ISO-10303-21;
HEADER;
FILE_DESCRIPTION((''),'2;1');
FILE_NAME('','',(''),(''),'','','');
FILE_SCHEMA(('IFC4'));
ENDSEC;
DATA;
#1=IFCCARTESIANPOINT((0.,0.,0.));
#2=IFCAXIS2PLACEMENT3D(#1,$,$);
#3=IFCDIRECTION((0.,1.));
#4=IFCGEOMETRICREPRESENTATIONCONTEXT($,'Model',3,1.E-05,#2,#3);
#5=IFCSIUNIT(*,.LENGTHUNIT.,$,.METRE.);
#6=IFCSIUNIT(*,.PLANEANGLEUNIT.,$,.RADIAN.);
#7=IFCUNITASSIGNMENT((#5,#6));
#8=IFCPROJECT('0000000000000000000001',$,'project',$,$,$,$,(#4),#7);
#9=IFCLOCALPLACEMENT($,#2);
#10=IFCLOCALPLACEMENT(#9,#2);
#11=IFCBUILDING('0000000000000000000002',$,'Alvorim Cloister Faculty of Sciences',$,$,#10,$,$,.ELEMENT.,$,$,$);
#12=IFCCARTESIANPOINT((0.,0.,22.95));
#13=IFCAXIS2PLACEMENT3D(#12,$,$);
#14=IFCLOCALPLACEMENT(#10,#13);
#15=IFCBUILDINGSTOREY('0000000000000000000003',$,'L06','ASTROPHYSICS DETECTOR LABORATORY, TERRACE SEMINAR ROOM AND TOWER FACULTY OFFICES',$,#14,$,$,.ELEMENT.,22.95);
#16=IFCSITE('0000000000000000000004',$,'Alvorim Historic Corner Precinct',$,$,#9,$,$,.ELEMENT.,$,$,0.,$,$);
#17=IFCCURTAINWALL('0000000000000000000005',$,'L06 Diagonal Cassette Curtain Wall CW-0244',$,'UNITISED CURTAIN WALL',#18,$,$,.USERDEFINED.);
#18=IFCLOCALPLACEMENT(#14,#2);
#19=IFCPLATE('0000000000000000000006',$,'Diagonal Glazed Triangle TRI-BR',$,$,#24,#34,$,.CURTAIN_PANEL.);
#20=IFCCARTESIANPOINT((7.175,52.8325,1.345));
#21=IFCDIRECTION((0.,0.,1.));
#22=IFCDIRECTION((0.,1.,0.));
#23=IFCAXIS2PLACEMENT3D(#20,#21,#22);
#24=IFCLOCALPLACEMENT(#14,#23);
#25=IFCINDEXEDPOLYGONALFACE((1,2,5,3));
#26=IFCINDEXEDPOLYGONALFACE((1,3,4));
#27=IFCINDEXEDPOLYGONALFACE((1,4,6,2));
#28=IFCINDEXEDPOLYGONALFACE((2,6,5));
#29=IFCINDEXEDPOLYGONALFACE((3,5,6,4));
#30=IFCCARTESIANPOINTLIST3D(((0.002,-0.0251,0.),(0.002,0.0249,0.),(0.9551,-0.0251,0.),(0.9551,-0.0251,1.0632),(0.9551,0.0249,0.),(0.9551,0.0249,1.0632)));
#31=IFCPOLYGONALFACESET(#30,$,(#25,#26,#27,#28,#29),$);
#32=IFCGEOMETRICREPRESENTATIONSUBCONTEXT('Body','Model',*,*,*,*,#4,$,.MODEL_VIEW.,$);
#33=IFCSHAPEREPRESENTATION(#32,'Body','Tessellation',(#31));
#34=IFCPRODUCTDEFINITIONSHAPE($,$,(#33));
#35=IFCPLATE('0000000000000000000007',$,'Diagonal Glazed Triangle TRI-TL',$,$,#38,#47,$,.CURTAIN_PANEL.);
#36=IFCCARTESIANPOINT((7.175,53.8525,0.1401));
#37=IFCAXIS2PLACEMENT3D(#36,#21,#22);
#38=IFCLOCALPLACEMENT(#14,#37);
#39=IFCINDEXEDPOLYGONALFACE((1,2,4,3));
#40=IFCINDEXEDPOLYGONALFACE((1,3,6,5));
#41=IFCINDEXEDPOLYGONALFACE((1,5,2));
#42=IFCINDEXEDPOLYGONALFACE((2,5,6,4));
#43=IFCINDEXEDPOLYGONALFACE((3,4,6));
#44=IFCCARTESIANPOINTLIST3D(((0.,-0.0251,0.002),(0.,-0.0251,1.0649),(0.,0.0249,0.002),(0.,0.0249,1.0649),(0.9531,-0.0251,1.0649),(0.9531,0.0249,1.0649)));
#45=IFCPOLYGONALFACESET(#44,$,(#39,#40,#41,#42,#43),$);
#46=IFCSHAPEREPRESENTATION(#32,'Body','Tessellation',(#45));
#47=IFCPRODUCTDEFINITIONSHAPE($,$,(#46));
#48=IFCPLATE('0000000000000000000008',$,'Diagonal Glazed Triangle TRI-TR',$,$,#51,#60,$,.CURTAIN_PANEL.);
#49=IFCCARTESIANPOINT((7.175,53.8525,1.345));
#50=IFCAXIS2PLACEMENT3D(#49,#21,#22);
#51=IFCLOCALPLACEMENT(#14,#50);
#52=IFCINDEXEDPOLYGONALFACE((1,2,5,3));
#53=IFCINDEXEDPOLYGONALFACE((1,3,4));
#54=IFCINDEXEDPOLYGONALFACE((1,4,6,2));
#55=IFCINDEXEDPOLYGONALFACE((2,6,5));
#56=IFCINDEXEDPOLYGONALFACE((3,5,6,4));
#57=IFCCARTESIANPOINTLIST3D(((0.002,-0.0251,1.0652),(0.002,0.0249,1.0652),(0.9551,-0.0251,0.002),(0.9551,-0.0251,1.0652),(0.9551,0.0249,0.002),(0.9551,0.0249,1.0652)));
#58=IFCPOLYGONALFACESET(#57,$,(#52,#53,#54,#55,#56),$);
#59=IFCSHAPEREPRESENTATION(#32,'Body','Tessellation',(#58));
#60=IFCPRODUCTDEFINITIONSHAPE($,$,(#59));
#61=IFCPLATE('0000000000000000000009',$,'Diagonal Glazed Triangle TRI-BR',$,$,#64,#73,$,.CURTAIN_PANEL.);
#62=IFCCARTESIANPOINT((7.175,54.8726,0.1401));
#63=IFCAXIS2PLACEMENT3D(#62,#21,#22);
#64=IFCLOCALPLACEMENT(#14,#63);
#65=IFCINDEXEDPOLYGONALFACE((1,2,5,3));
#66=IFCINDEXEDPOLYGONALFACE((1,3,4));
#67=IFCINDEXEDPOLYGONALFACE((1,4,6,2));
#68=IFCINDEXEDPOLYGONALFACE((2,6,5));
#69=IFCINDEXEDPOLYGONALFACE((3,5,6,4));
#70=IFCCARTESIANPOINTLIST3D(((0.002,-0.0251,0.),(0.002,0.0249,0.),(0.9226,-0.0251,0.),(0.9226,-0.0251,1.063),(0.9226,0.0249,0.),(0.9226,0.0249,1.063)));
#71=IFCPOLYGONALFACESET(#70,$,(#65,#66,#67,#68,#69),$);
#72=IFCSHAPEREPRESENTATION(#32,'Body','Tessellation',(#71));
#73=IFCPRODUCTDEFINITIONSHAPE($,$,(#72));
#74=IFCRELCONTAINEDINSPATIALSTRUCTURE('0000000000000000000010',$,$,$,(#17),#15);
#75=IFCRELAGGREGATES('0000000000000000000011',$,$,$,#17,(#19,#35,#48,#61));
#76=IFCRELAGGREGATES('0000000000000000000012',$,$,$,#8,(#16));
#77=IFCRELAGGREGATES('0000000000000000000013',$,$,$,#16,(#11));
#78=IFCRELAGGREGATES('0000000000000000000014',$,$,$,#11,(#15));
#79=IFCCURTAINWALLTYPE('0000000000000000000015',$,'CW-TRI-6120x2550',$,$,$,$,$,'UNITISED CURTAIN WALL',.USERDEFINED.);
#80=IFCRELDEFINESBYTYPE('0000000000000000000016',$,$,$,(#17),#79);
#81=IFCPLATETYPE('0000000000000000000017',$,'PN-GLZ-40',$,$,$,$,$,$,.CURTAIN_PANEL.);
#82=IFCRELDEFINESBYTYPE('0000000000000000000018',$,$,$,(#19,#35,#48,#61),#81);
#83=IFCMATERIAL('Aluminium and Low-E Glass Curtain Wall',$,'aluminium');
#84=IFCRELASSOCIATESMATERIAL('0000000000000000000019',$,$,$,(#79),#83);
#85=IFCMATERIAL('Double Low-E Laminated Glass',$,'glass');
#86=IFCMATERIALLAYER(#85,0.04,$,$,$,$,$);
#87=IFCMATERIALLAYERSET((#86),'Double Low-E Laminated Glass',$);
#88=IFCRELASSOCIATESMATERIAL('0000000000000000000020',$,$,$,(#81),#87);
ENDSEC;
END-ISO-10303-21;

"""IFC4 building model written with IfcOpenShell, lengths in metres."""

from ifc_helpers import new_model, si_unit, direction, frame, origin, place, context, subcontext, project, spatial, polyline, outline, extrude, material, layer, layer_set, type_object, element, aggregate, save


model = new_model("IFC4")

# Units and contexts
model_context = context("Model", 3, precision=1e-05, world=origin(), true_north=direction((0.0, 1.0)))
body_context = subcontext(model_context, "Body", "Model", "MODEL_VIEW")
ifc_project = project(units=[si_unit("LENGTHUNIT", "METRE"), si_unit("PLANEANGLEUNIT", "RADIAN")], contexts=[model_context])

# Site, building, storey
site_placement = place(None, origin())
site = spatial("IfcSite", under=ifc_project, at=site_placement, Name="Alvorim Historic Corner Precinct", CompositionType="ELEMENT", RefElevation=0.0)
building_placement = place(site_placement, origin())
building = spatial("IfcBuilding", under=site, at=building_placement, Name="Alvorim Cloister Faculty of Sciences", CompositionType="ELEMENT")
storey_placement = place(building_placement, frame((0.0, 0.0, 22.95)))
storey = spatial("IfcBuildingStorey", under=building, at=storey_placement, Name="L06", Description="ASTROPHYSICS DETECTOR LABORATORY, TERRACE SEMINAR ROOM AND TOWER FACULTY OFFICES", CompositionType="ELEMENT", Elevation=22.95)

# Curtain wall, plates
ifc_material_1 = material(Name="Aluminium and Low-E Glass Curtain Wall", Category="aluminium")
curtain_wall_type = type_object("IfcCurtainWallType", Name="CW-TRI-6120x2550", ElementType="UNITISED CURTAIN WALL", PredefinedType="USERDEFINED", material=ifc_material_1)
curtain_wall_placement = place(storey_placement, origin())
curtain_wall = element("IfcCurtainWall", 1, at=curtain_wall_placement, inside=storey, type_object=curtain_wall_type, Name="L06 Diagonal Cassette Curtain Wall CW-0244", ObjectType="UNITISED CURTAIN WALL", PredefinedType="USERDEFINED")
ifc_material_2 = material(Name="Double Low-E Laminated Glass", Category="glass")
ifc_layer = layer(ifc_material_2, 0.04)
ifc_layer_set = layer_set([ifc_layer], Name="Double Low-E Laminated Glass")
plate_type = type_object("IfcPlateType", Name="PN-GLZ-40", PredefinedType="CURTAIN_PANEL", material=ifc_layer_set)
plate_1_placement = place(storey_placement, frame((7.175, 52.8325, 1.345), z_axis=(0.0, 0.0, 1.0), x_axis=(0.0, 1.0, 0.0)))
plate_1 = element("IfcPlate", 2, at=plate_1_placement, type_object=plate_type, Name="Diagonal Glazed Triangle TRI-BR", PredefinedType="CURTAIN_PANEL", context=body_context, shape_type="SweptSolid", body=[
    extrude(outline(polyline([(0.002, 0.0), (0.9551, 0.0), (0.9551, 1.0632), (0.002, 0.0)])), frame((0.0, 0.0249, 0.0), z_axis=(0.0, -1.0, 0.0), x_axis=(1.0, 0.0, 0.0)), (0.0, 0.0, 1.0), 0.05),
])
plate_2_placement = place(storey_placement, frame((7.175, 53.8525, 0.1401), z_axis=(0.0, 0.0, 1.0), x_axis=(0.0, 1.0, 0.0)))
plate_2 = element("IfcPlate", 3, at=plate_2_placement, type_object=plate_type, Name="Diagonal Glazed Triangle TRI-TL", PredefinedType="CURTAIN_PANEL", context=body_context, shape_type="SweptSolid", body=[
    extrude(outline(polyline([(0.9531, 1.0649), (0.0, 1.0649), (0.0, 0.002), (0.9531, 1.0649)])), frame((0.0, 0.0249, 0.0), z_axis=(0.0, -1.0, 0.0), x_axis=(1.0, 0.0, 0.0)), (0.0, 0.0, 1.0), 0.05),
])
plate_3_placement = place(storey_placement, frame((7.175, 53.8525, 1.345), z_axis=(0.0, 0.0, 1.0), x_axis=(0.0, 1.0, 0.0)))
plate_3 = element("IfcPlate", 4, at=plate_3_placement, type_object=plate_type, Name="Diagonal Glazed Triangle TRI-TR", PredefinedType="CURTAIN_PANEL", context=body_context, shape_type="SweptSolid", body=[
    extrude(outline(polyline([(0.9551, 0.002), (0.9551, 1.0652), (0.002, 1.0652), (0.9551, 0.002)])), frame((0.0, 0.0249, 0.0), z_axis=(0.0, -1.0, 0.0), x_axis=(1.0, 0.0, 0.0)), (0.0, 0.0, 1.0), 0.05),
])
plate_4_placement = place(storey_placement, frame((7.175, 54.8726, 0.1401), z_axis=(0.0, 0.0, 1.0), x_axis=(0.0, 1.0, 0.0)))
plate_4 = element("IfcPlate", 5, at=plate_4_placement, type_object=plate_type, Name="Diagonal Glazed Triangle TRI-BR", PredefinedType="CURTAIN_PANEL", context=body_context, shape_type="SweptSolid", body=[
    extrude(outline(polyline([(0.002, 0.0), (0.9226, 0.0), (0.9226, 1.063), (0.002, 0.0)])), frame((0.0, 0.0249, 0.0), z_axis=(0.0, -1.0, 0.0), x_axis=(1.0, 0.0, 0.0)), (0.0, 0.0, 1.0), 0.05),
])
aggregate(curtain_wall, [plate_1, plate_2, plate_3, plate_4])

save(model, "model.ifc")
